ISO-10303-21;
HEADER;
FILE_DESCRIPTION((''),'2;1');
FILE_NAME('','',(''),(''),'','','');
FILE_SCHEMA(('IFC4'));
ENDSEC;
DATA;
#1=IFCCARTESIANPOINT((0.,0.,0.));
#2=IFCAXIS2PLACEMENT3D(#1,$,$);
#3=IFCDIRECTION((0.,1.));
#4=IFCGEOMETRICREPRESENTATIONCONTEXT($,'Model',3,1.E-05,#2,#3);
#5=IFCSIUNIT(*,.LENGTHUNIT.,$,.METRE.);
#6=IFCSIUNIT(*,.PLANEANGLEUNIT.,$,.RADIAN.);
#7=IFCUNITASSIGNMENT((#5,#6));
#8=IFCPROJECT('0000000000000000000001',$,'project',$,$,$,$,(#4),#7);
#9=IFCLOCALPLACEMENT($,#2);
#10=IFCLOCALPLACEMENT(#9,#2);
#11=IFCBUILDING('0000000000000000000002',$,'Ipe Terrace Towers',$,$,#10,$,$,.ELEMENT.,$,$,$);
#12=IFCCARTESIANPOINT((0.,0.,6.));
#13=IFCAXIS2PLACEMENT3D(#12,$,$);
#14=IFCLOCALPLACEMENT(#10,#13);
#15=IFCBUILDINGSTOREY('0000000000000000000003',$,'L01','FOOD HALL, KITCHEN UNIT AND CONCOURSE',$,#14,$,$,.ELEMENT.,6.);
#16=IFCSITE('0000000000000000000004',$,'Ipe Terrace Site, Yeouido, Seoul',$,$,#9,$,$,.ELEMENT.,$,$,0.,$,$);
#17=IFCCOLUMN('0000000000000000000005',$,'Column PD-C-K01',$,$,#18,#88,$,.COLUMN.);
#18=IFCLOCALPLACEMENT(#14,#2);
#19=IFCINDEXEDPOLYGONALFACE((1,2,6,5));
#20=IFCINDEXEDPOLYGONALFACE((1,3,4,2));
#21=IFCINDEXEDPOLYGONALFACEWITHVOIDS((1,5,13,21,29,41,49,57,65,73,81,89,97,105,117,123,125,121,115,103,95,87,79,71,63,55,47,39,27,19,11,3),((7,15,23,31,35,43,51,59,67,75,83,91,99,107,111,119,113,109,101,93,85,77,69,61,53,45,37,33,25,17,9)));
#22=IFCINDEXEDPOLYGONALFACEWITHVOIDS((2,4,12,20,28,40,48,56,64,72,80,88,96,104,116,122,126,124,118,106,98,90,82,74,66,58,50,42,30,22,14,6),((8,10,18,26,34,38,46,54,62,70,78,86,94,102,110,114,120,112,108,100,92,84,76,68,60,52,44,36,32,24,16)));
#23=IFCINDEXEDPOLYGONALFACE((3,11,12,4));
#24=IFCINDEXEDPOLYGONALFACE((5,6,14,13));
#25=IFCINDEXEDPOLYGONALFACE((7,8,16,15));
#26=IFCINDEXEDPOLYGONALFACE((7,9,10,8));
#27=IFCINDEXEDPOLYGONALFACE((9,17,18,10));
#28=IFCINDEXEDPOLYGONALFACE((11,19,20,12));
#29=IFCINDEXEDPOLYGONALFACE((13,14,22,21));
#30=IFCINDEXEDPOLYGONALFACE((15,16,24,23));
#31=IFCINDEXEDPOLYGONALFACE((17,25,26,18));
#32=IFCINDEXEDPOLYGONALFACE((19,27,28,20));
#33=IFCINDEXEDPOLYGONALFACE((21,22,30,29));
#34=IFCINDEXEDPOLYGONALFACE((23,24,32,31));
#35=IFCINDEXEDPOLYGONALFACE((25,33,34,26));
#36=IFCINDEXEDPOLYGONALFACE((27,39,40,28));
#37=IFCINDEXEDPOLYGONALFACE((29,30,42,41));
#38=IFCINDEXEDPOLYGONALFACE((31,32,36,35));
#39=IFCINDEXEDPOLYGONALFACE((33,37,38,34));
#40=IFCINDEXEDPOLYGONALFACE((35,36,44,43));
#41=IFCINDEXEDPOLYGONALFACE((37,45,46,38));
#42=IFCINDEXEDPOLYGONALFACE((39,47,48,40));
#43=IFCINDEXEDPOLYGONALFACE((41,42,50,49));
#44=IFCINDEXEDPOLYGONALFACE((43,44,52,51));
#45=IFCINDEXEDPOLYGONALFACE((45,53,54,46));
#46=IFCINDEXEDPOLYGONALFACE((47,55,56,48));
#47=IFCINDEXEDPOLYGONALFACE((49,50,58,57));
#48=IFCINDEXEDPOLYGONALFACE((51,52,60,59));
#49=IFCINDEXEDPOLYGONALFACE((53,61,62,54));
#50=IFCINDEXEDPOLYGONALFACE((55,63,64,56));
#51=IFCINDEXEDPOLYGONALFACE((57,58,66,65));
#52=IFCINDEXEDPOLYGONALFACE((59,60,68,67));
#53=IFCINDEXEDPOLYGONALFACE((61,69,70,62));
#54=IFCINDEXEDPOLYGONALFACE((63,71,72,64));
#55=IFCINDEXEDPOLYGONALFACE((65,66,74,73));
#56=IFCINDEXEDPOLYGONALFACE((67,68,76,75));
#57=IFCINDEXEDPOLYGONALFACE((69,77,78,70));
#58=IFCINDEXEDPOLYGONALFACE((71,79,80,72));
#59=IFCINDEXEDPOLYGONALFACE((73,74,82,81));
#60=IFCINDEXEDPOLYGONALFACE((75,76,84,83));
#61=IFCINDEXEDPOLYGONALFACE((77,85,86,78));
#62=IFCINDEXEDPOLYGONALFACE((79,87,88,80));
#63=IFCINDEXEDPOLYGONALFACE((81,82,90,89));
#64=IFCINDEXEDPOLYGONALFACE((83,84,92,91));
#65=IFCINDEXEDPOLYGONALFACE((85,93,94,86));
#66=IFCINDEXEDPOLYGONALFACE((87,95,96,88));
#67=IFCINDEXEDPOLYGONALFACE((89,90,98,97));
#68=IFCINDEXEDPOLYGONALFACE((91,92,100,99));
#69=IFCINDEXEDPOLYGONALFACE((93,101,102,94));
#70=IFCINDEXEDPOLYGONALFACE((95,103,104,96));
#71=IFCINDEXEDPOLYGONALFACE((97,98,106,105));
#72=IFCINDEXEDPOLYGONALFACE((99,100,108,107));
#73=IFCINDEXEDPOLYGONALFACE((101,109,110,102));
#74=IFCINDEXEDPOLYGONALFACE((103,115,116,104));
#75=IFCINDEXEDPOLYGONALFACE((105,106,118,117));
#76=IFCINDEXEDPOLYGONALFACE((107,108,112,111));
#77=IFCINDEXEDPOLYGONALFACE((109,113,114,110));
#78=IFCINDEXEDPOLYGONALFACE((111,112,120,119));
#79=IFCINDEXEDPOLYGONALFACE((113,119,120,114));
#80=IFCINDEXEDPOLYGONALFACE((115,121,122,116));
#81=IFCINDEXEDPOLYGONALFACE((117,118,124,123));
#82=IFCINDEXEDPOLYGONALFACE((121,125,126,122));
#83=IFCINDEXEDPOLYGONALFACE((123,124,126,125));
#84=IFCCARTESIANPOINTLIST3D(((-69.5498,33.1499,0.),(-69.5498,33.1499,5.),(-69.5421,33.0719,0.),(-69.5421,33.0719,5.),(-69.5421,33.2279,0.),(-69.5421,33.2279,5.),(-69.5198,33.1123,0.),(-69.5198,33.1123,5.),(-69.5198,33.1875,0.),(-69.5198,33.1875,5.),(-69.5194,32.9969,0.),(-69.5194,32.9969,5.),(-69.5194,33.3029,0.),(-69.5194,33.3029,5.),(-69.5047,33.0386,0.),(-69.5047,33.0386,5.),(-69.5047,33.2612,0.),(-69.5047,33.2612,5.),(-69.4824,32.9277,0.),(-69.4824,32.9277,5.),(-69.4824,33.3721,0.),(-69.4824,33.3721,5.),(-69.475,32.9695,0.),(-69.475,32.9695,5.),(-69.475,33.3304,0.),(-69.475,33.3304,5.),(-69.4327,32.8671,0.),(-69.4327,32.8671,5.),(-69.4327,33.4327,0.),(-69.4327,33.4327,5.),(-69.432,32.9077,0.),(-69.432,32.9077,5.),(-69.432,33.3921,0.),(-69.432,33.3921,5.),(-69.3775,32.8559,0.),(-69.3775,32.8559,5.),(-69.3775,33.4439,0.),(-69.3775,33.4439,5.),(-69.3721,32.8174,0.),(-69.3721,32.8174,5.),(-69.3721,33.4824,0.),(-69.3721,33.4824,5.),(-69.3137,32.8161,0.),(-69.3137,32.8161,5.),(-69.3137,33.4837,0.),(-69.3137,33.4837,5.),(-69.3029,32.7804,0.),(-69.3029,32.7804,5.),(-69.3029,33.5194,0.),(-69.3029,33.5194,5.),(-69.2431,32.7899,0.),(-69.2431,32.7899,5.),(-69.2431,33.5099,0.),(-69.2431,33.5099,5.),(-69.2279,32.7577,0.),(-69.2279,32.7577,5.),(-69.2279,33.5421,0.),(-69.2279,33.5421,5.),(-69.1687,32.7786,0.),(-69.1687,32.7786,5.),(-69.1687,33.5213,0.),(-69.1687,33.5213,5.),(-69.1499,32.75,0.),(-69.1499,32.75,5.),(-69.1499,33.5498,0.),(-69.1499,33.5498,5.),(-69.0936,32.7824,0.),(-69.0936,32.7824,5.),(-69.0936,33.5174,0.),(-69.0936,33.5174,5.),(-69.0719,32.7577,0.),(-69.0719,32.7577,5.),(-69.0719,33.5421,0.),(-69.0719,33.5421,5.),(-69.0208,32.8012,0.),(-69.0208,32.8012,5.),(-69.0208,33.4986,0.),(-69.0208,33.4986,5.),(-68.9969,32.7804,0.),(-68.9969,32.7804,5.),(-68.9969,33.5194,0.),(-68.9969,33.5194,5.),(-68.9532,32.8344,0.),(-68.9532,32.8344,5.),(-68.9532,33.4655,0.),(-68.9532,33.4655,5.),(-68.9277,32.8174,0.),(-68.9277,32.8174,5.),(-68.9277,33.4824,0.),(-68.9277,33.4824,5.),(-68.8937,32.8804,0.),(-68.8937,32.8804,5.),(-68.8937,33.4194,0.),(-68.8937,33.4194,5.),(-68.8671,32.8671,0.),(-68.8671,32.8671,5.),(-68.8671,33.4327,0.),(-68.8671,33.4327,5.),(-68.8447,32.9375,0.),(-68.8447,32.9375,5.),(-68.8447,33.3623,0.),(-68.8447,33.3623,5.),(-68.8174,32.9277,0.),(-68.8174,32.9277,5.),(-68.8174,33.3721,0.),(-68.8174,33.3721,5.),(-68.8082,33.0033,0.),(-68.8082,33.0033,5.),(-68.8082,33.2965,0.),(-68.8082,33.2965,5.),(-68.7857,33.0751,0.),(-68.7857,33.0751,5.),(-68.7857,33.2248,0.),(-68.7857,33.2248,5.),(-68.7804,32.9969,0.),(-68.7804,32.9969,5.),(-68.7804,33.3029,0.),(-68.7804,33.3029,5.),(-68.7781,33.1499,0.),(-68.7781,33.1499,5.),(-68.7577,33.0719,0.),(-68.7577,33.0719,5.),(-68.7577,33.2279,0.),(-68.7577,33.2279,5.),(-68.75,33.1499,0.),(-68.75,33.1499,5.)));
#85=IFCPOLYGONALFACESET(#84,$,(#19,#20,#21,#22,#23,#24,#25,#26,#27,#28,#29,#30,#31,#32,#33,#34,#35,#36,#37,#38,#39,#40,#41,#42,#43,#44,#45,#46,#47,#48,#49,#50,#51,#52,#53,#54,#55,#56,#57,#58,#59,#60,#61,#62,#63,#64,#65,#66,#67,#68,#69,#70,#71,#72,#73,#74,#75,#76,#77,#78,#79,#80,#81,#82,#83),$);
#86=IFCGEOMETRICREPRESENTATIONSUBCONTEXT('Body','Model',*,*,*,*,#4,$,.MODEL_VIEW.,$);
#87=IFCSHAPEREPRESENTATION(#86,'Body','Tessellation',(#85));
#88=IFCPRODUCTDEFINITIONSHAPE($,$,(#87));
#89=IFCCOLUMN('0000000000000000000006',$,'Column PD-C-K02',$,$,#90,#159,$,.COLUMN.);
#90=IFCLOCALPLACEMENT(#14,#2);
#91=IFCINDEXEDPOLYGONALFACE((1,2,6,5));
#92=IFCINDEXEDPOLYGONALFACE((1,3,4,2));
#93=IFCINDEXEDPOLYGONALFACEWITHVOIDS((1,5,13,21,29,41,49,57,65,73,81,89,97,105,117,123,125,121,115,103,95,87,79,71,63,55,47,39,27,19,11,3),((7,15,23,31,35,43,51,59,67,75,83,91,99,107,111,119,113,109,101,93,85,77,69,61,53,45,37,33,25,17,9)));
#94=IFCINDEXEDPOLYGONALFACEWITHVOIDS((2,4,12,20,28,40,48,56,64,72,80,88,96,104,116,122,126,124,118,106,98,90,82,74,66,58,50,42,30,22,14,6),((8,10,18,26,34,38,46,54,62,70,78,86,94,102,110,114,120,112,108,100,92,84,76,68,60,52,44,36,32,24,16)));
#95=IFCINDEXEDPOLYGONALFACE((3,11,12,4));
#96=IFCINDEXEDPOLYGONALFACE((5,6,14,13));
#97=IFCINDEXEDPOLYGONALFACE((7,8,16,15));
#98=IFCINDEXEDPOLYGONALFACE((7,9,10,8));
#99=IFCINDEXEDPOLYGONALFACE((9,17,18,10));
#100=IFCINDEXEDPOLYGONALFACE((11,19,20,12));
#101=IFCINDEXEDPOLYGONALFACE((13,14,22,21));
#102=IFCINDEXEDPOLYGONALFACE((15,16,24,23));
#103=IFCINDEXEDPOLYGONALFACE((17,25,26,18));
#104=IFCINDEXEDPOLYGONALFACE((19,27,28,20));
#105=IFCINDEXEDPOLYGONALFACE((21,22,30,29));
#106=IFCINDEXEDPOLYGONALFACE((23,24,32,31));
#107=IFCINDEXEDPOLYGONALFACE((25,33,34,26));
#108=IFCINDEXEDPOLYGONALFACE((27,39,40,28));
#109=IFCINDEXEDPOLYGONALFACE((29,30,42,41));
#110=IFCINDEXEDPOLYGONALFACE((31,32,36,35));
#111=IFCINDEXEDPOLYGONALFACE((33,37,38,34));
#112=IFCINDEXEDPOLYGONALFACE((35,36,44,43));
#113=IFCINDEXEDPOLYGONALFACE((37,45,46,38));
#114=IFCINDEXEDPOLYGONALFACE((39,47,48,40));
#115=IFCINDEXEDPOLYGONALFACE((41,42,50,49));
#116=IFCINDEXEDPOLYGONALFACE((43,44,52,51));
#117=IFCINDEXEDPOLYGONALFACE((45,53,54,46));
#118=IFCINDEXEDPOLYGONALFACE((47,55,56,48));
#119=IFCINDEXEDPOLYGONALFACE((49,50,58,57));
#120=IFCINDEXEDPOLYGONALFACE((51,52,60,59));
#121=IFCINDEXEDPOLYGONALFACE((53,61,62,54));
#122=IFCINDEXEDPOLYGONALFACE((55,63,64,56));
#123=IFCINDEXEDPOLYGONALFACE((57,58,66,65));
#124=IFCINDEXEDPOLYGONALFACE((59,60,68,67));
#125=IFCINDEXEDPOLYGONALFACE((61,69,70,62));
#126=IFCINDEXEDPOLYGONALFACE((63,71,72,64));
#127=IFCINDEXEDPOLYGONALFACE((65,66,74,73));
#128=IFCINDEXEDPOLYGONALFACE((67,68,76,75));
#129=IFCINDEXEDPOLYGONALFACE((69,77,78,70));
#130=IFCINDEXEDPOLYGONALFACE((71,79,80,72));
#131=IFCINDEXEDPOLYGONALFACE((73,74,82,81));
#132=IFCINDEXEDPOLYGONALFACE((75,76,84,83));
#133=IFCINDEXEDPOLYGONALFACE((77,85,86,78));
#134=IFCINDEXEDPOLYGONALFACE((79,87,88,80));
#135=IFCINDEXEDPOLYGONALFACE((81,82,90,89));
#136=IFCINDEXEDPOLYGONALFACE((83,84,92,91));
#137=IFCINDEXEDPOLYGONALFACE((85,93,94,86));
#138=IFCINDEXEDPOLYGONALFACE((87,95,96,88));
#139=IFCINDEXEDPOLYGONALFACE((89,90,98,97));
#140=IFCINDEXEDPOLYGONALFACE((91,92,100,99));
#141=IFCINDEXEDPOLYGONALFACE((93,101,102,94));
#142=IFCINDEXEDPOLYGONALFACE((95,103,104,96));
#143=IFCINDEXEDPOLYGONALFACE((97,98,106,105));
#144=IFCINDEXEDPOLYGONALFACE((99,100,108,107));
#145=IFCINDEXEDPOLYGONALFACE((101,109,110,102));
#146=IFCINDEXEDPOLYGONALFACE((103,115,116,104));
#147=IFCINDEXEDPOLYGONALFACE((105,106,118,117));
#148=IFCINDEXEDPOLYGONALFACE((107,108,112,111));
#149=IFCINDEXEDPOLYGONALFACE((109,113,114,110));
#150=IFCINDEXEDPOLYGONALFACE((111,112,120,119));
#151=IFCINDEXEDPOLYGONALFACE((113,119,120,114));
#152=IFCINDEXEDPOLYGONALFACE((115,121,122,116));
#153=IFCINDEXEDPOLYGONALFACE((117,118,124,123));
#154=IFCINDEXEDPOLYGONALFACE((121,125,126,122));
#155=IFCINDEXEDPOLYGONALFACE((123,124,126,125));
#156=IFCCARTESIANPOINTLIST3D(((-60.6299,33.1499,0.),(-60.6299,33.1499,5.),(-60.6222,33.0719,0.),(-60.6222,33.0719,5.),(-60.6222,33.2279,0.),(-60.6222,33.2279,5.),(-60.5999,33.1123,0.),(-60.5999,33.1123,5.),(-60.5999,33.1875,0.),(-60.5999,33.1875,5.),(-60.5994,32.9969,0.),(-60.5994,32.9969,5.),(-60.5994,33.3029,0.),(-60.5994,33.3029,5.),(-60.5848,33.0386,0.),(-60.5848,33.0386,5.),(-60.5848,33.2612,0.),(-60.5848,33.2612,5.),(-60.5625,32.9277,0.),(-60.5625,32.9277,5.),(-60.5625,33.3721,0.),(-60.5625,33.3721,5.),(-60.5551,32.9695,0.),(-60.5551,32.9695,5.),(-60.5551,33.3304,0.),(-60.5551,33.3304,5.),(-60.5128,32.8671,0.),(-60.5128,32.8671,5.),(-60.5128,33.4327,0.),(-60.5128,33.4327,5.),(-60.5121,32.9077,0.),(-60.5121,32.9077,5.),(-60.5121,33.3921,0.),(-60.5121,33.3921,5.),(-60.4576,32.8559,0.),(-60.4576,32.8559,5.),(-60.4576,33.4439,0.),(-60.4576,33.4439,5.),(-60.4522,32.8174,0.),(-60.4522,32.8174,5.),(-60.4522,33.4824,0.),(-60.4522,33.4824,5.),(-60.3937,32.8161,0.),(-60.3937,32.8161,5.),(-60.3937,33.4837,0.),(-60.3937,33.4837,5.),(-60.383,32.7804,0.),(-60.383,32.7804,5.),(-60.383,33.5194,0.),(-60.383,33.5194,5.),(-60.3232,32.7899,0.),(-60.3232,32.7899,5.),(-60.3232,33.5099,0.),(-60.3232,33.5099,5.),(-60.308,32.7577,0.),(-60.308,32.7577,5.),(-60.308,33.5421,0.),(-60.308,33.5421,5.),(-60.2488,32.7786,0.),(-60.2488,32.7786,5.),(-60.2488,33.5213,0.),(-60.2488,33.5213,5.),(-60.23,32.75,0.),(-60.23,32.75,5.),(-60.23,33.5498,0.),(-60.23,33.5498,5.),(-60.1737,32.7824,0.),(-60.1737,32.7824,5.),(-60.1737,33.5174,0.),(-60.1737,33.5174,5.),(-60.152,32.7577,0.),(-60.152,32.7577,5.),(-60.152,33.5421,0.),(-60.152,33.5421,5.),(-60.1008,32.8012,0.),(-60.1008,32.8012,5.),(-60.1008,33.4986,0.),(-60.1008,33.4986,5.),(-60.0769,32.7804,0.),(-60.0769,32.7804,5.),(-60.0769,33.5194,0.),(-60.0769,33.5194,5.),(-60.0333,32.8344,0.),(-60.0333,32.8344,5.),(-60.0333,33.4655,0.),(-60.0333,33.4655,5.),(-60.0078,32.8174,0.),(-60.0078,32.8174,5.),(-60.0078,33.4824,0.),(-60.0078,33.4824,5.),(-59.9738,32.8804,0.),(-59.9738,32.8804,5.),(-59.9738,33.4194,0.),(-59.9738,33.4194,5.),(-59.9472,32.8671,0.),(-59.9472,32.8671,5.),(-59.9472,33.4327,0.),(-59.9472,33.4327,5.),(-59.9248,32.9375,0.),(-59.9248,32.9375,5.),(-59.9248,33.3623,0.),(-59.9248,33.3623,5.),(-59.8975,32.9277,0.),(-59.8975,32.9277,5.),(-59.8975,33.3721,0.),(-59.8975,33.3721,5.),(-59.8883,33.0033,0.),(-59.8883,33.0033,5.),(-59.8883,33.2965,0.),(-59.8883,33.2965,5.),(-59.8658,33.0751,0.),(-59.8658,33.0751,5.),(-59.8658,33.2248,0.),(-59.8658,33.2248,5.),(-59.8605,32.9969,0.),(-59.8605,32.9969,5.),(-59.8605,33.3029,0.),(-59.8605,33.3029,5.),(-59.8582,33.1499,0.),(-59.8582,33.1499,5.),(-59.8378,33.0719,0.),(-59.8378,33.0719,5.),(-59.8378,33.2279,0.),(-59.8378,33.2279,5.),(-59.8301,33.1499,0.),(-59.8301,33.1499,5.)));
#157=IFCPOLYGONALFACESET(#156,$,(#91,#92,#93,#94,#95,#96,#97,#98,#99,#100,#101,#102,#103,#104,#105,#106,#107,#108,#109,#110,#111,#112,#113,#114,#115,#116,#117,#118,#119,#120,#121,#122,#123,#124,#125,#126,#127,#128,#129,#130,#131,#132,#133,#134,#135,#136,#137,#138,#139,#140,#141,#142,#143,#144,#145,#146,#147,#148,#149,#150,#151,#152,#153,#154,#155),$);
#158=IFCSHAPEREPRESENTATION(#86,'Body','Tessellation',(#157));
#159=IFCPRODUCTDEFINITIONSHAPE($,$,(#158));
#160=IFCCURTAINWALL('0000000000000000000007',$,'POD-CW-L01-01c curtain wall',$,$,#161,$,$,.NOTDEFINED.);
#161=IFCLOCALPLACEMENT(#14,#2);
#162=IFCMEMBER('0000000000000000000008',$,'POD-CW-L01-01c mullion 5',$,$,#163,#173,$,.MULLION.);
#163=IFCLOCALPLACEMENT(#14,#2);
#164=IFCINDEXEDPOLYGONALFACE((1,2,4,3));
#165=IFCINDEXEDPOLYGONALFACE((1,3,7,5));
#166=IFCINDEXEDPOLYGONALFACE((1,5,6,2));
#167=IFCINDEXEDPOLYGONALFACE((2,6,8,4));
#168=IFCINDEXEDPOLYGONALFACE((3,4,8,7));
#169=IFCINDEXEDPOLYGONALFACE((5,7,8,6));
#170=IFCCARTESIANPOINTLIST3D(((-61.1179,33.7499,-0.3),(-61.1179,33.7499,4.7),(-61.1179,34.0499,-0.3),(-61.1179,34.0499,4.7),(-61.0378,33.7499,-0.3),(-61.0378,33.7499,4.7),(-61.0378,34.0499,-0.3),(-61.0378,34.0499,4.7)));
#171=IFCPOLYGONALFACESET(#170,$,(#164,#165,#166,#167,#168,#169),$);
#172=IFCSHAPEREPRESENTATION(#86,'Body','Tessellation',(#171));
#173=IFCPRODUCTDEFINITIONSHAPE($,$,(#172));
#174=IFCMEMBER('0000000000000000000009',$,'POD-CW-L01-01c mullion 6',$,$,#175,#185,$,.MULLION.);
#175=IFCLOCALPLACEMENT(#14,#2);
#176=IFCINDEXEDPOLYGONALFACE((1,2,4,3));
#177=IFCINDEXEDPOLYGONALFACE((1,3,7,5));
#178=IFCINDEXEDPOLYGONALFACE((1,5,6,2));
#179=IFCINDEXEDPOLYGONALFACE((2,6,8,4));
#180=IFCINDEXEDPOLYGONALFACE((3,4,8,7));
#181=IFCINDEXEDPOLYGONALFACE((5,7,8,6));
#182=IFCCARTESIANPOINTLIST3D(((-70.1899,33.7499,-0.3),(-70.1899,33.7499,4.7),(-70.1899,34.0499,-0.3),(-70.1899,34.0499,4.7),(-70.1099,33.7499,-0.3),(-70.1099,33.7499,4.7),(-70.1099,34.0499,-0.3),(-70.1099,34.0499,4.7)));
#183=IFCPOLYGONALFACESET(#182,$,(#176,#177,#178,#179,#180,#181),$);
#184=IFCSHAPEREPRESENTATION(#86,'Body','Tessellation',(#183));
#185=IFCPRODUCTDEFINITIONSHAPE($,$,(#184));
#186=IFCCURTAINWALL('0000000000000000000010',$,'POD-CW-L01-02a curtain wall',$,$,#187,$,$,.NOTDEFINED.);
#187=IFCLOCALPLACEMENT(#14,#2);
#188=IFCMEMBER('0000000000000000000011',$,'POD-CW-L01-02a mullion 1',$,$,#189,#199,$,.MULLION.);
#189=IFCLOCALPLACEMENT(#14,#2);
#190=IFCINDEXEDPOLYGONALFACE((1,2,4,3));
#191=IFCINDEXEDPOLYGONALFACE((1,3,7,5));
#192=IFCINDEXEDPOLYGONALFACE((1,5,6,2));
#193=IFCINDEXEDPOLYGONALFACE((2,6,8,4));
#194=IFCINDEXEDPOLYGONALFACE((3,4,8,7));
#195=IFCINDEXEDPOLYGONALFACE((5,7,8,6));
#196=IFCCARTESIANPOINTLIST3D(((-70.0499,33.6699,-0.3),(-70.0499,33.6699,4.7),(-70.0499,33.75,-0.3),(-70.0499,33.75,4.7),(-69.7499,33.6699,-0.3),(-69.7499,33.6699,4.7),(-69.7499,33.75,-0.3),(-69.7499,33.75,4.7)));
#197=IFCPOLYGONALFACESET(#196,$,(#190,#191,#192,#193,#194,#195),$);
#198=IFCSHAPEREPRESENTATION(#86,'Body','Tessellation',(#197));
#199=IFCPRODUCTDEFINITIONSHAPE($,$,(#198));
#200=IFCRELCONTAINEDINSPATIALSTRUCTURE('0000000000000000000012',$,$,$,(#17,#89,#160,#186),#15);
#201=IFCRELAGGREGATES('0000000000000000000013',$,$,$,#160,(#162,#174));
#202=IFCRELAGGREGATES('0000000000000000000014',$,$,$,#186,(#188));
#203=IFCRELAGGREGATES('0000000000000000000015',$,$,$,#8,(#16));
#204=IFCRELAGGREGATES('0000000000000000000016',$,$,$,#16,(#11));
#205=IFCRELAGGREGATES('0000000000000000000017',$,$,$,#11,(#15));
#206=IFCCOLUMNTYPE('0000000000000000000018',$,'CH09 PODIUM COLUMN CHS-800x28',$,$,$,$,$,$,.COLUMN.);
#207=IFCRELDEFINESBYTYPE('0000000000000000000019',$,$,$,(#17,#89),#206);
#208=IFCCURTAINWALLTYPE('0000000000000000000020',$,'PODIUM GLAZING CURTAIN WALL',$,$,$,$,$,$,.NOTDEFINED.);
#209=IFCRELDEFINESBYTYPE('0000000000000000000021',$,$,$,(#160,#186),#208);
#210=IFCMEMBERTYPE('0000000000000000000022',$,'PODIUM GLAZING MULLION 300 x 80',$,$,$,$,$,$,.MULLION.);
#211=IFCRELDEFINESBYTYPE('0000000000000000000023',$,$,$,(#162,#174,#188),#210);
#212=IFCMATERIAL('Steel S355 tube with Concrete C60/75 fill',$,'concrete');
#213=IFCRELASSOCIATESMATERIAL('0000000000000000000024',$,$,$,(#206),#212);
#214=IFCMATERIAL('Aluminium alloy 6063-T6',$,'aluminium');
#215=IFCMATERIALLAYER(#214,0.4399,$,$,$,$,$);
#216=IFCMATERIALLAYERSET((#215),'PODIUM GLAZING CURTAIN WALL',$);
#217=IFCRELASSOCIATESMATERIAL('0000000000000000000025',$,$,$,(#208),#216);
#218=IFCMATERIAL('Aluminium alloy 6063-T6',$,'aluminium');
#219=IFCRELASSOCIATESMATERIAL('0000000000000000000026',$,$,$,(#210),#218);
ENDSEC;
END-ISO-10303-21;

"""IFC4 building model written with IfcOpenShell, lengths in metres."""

from ifc_helpers import new_model, si_unit, direction, frame, origin, origin_2d, place, context, subcontext, project, spatial, rectangle, hollow_circle, extrude, material, layer, layer_set, material_profile, profile_set, type_object, element, aggregate, save


model = new_model("IFC4")

# Units and contexts
model_context = context("Model", 3, precision=1e-05, world=origin(), true_north=direction((0.0, 1.0)))
body_context = subcontext(model_context, "Body", "Model", "MODEL_VIEW")
ifc_project = project(units=[si_unit("LENGTHUNIT", "METRE"), si_unit("PLANEANGLEUNIT", "RADIAN")], contexts=[model_context])

# Site, building, storey
site_placement = place(None, origin())
site = spatial("IfcSite", under=ifc_project, at=site_placement, Name="Ipe Terrace Site, Yeouido, Seoul", CompositionType="ELEMENT", RefElevation=0.0)
building_placement = place(site_placement, origin())
building = spatial("IfcBuilding", under=site, at=building_placement, Name="Ipe Terrace Towers", CompositionType="ELEMENT")
storey_placement = place(building_placement, frame((0.0, 0.0, 6.0)))
storey = spatial("IfcBuildingStorey", under=building, at=storey_placement, Name="L01", Description="FOOD HALL, KITCHEN UNIT AND CONCOURSE", CompositionType="ELEMENT", Elevation=6.0)

# Columns
ifc_material_1 = material(Name="Steel S355 tube with Concrete C60/75 fill", Category="concrete")
ifc_material_profile_1 = material_profile(ifc_material_1, hollow_circle(Radius=0.3999, WallThickness=0.0281, at=origin_2d()), Name="CHS-800x28")
ifc_profile_set_1 = profile_set([ifc_material_profile_1], Name="Steel S355 tube with Concrete C60/75 fill")
column_type = type_object("IfcColumnType", Name="CH09 PODIUM COLUMN CHS-800x28", PredefinedType="COLUMN", material=ifc_profile_set_1)
for number, where, z_axis, x_axis, name in (
    (1, (-69.1499, 33.1499, 0.0), (0.0, 0.0, 1.0), (1.0, 0.0, 0.0), "Column PD-C-K01"),
    (2, (-60.23, 33.1499, 0.0), (0.0, 0.0, 1.0), (1.0, 0.0, 0.0), "Column PD-C-K02"),
):
    element("IfcColumn", number, at=place(storey_placement, frame(where, z_axis=z_axis, x_axis=x_axis)), inside=storey, type_object=column_type, Name=name, PredefinedType="COLUMN", context=body_context, shape_type="SweptSolid", body=[
        extrude(hollow_circle(Radius=0.3999, WallThickness=0.0281, at=origin_2d()), origin(), (0.0, 0.0, 1.0), 5.0),
    ])

# Curtain walls, members
ifc_material_2 = material(Name="Aluminium alloy 6063-T6", Category="aluminium")
ifc_layer_1 = layer(ifc_material_2, 0.4399)
ifc_layer_set_1 = layer_set([ifc_layer_1], Name="PODIUM GLAZING CURTAIN WALL")
curtain_wall_type = type_object("IfcCurtainWallType", Name="PODIUM GLAZING CURTAIN WALL", PredefinedType="NOTDEFINED", material=ifc_layer_set_1)
curtain_wall_1_placement = place(storey_placement, origin())
curtain_wall_1 = element("IfcCurtainWall", 3, at=curtain_wall_1_placement, inside=storey, type_object=curtain_wall_type, Name="POD-CW-L01-01c curtain wall", PredefinedType="NOTDEFINED")
ifc_material_3 = material(Name="Aluminium alloy 6063-T6", Category="aluminium")
ifc_material_profile_2 = material_profile(ifc_material_3, rectangle(XDim=0.3, YDim=0.0801, at=origin_2d()), Name="PODIUM GLAZING MULLION 300 x 80")
ifc_profile_set_2 = profile_set([ifc_material_profile_2], Name="Aluminium alloy 6063-T6")
member_type_1 = type_object("IfcMemberType", Name="PODIUM GLAZING MULLION 300 x 80", PredefinedType="MULLION", material=ifc_profile_set_2)
member_1_placement = place(storey_placement, frame((-61.0779, 33.8999, -0.3), z_axis=(0.0, 0.0, 1.0), x_axis=(0.0, 1.0, 0.0)))
member_1 = element("IfcMember", 4, at=member_1_placement, type_object=member_type_1, Name="POD-CW-L01-01c mullion 5", PredefinedType="MULLION", context=body_context, shape_type="SweptSolid", body=[
    extrude(rectangle(XDim=0.3, YDim=0.0801, at=origin_2d()), origin(), (0.0, 0.0, 1.0), 5.0),
])
member_2_placement = place(storey_placement, frame((-70.1499, 33.8999, -0.3), z_axis=(0.0, 0.0, 1.0), x_axis=(0.0, 1.0, 0.0)))
member_2 = element("IfcMember", 5, at=member_2_placement, type_object=member_type_1, Name="POD-CW-L01-01c mullion 6", PredefinedType="MULLION", context=body_context, shape_type="SweptSolid", body=[
    extrude(rectangle(XDim=0.3, YDim=0.0801, at=origin_2d()), origin(), (0.0, 0.0, 1.0), 5.0),
])
curtain_wall_2_placement = place(storey_placement, origin())
curtain_wall_2 = element("IfcCurtainWall", 6, at=curtain_wall_2_placement, inside=storey, type_object=curtain_wall_type, Name="POD-CW-L01-02a curtain wall", PredefinedType="NOTDEFINED")
member_3_placement = place(storey_placement, frame((-69.8999, 33.71, -0.3), z_axis=(0.0, 0.0, 1.0), x_axis=(-1.0, 0.0, 0.0)))
member_3 = element("IfcMember", 7, at=member_3_placement, type_object=member_type_1, Name="POD-CW-L01-02a mullion 1", PredefinedType="MULLION", context=body_context, shape_type="SweptSolid", body=[
    extrude(rectangle(XDim=0.3, YDim=0.0801, at=origin_2d()), origin(), (0.0, 0.0, 1.0), 5.0),
])

aggregate(curtain_wall_1, [member_1, member_2])
aggregate(curtain_wall_2, [member_3])

save(model, "model.ifc")
